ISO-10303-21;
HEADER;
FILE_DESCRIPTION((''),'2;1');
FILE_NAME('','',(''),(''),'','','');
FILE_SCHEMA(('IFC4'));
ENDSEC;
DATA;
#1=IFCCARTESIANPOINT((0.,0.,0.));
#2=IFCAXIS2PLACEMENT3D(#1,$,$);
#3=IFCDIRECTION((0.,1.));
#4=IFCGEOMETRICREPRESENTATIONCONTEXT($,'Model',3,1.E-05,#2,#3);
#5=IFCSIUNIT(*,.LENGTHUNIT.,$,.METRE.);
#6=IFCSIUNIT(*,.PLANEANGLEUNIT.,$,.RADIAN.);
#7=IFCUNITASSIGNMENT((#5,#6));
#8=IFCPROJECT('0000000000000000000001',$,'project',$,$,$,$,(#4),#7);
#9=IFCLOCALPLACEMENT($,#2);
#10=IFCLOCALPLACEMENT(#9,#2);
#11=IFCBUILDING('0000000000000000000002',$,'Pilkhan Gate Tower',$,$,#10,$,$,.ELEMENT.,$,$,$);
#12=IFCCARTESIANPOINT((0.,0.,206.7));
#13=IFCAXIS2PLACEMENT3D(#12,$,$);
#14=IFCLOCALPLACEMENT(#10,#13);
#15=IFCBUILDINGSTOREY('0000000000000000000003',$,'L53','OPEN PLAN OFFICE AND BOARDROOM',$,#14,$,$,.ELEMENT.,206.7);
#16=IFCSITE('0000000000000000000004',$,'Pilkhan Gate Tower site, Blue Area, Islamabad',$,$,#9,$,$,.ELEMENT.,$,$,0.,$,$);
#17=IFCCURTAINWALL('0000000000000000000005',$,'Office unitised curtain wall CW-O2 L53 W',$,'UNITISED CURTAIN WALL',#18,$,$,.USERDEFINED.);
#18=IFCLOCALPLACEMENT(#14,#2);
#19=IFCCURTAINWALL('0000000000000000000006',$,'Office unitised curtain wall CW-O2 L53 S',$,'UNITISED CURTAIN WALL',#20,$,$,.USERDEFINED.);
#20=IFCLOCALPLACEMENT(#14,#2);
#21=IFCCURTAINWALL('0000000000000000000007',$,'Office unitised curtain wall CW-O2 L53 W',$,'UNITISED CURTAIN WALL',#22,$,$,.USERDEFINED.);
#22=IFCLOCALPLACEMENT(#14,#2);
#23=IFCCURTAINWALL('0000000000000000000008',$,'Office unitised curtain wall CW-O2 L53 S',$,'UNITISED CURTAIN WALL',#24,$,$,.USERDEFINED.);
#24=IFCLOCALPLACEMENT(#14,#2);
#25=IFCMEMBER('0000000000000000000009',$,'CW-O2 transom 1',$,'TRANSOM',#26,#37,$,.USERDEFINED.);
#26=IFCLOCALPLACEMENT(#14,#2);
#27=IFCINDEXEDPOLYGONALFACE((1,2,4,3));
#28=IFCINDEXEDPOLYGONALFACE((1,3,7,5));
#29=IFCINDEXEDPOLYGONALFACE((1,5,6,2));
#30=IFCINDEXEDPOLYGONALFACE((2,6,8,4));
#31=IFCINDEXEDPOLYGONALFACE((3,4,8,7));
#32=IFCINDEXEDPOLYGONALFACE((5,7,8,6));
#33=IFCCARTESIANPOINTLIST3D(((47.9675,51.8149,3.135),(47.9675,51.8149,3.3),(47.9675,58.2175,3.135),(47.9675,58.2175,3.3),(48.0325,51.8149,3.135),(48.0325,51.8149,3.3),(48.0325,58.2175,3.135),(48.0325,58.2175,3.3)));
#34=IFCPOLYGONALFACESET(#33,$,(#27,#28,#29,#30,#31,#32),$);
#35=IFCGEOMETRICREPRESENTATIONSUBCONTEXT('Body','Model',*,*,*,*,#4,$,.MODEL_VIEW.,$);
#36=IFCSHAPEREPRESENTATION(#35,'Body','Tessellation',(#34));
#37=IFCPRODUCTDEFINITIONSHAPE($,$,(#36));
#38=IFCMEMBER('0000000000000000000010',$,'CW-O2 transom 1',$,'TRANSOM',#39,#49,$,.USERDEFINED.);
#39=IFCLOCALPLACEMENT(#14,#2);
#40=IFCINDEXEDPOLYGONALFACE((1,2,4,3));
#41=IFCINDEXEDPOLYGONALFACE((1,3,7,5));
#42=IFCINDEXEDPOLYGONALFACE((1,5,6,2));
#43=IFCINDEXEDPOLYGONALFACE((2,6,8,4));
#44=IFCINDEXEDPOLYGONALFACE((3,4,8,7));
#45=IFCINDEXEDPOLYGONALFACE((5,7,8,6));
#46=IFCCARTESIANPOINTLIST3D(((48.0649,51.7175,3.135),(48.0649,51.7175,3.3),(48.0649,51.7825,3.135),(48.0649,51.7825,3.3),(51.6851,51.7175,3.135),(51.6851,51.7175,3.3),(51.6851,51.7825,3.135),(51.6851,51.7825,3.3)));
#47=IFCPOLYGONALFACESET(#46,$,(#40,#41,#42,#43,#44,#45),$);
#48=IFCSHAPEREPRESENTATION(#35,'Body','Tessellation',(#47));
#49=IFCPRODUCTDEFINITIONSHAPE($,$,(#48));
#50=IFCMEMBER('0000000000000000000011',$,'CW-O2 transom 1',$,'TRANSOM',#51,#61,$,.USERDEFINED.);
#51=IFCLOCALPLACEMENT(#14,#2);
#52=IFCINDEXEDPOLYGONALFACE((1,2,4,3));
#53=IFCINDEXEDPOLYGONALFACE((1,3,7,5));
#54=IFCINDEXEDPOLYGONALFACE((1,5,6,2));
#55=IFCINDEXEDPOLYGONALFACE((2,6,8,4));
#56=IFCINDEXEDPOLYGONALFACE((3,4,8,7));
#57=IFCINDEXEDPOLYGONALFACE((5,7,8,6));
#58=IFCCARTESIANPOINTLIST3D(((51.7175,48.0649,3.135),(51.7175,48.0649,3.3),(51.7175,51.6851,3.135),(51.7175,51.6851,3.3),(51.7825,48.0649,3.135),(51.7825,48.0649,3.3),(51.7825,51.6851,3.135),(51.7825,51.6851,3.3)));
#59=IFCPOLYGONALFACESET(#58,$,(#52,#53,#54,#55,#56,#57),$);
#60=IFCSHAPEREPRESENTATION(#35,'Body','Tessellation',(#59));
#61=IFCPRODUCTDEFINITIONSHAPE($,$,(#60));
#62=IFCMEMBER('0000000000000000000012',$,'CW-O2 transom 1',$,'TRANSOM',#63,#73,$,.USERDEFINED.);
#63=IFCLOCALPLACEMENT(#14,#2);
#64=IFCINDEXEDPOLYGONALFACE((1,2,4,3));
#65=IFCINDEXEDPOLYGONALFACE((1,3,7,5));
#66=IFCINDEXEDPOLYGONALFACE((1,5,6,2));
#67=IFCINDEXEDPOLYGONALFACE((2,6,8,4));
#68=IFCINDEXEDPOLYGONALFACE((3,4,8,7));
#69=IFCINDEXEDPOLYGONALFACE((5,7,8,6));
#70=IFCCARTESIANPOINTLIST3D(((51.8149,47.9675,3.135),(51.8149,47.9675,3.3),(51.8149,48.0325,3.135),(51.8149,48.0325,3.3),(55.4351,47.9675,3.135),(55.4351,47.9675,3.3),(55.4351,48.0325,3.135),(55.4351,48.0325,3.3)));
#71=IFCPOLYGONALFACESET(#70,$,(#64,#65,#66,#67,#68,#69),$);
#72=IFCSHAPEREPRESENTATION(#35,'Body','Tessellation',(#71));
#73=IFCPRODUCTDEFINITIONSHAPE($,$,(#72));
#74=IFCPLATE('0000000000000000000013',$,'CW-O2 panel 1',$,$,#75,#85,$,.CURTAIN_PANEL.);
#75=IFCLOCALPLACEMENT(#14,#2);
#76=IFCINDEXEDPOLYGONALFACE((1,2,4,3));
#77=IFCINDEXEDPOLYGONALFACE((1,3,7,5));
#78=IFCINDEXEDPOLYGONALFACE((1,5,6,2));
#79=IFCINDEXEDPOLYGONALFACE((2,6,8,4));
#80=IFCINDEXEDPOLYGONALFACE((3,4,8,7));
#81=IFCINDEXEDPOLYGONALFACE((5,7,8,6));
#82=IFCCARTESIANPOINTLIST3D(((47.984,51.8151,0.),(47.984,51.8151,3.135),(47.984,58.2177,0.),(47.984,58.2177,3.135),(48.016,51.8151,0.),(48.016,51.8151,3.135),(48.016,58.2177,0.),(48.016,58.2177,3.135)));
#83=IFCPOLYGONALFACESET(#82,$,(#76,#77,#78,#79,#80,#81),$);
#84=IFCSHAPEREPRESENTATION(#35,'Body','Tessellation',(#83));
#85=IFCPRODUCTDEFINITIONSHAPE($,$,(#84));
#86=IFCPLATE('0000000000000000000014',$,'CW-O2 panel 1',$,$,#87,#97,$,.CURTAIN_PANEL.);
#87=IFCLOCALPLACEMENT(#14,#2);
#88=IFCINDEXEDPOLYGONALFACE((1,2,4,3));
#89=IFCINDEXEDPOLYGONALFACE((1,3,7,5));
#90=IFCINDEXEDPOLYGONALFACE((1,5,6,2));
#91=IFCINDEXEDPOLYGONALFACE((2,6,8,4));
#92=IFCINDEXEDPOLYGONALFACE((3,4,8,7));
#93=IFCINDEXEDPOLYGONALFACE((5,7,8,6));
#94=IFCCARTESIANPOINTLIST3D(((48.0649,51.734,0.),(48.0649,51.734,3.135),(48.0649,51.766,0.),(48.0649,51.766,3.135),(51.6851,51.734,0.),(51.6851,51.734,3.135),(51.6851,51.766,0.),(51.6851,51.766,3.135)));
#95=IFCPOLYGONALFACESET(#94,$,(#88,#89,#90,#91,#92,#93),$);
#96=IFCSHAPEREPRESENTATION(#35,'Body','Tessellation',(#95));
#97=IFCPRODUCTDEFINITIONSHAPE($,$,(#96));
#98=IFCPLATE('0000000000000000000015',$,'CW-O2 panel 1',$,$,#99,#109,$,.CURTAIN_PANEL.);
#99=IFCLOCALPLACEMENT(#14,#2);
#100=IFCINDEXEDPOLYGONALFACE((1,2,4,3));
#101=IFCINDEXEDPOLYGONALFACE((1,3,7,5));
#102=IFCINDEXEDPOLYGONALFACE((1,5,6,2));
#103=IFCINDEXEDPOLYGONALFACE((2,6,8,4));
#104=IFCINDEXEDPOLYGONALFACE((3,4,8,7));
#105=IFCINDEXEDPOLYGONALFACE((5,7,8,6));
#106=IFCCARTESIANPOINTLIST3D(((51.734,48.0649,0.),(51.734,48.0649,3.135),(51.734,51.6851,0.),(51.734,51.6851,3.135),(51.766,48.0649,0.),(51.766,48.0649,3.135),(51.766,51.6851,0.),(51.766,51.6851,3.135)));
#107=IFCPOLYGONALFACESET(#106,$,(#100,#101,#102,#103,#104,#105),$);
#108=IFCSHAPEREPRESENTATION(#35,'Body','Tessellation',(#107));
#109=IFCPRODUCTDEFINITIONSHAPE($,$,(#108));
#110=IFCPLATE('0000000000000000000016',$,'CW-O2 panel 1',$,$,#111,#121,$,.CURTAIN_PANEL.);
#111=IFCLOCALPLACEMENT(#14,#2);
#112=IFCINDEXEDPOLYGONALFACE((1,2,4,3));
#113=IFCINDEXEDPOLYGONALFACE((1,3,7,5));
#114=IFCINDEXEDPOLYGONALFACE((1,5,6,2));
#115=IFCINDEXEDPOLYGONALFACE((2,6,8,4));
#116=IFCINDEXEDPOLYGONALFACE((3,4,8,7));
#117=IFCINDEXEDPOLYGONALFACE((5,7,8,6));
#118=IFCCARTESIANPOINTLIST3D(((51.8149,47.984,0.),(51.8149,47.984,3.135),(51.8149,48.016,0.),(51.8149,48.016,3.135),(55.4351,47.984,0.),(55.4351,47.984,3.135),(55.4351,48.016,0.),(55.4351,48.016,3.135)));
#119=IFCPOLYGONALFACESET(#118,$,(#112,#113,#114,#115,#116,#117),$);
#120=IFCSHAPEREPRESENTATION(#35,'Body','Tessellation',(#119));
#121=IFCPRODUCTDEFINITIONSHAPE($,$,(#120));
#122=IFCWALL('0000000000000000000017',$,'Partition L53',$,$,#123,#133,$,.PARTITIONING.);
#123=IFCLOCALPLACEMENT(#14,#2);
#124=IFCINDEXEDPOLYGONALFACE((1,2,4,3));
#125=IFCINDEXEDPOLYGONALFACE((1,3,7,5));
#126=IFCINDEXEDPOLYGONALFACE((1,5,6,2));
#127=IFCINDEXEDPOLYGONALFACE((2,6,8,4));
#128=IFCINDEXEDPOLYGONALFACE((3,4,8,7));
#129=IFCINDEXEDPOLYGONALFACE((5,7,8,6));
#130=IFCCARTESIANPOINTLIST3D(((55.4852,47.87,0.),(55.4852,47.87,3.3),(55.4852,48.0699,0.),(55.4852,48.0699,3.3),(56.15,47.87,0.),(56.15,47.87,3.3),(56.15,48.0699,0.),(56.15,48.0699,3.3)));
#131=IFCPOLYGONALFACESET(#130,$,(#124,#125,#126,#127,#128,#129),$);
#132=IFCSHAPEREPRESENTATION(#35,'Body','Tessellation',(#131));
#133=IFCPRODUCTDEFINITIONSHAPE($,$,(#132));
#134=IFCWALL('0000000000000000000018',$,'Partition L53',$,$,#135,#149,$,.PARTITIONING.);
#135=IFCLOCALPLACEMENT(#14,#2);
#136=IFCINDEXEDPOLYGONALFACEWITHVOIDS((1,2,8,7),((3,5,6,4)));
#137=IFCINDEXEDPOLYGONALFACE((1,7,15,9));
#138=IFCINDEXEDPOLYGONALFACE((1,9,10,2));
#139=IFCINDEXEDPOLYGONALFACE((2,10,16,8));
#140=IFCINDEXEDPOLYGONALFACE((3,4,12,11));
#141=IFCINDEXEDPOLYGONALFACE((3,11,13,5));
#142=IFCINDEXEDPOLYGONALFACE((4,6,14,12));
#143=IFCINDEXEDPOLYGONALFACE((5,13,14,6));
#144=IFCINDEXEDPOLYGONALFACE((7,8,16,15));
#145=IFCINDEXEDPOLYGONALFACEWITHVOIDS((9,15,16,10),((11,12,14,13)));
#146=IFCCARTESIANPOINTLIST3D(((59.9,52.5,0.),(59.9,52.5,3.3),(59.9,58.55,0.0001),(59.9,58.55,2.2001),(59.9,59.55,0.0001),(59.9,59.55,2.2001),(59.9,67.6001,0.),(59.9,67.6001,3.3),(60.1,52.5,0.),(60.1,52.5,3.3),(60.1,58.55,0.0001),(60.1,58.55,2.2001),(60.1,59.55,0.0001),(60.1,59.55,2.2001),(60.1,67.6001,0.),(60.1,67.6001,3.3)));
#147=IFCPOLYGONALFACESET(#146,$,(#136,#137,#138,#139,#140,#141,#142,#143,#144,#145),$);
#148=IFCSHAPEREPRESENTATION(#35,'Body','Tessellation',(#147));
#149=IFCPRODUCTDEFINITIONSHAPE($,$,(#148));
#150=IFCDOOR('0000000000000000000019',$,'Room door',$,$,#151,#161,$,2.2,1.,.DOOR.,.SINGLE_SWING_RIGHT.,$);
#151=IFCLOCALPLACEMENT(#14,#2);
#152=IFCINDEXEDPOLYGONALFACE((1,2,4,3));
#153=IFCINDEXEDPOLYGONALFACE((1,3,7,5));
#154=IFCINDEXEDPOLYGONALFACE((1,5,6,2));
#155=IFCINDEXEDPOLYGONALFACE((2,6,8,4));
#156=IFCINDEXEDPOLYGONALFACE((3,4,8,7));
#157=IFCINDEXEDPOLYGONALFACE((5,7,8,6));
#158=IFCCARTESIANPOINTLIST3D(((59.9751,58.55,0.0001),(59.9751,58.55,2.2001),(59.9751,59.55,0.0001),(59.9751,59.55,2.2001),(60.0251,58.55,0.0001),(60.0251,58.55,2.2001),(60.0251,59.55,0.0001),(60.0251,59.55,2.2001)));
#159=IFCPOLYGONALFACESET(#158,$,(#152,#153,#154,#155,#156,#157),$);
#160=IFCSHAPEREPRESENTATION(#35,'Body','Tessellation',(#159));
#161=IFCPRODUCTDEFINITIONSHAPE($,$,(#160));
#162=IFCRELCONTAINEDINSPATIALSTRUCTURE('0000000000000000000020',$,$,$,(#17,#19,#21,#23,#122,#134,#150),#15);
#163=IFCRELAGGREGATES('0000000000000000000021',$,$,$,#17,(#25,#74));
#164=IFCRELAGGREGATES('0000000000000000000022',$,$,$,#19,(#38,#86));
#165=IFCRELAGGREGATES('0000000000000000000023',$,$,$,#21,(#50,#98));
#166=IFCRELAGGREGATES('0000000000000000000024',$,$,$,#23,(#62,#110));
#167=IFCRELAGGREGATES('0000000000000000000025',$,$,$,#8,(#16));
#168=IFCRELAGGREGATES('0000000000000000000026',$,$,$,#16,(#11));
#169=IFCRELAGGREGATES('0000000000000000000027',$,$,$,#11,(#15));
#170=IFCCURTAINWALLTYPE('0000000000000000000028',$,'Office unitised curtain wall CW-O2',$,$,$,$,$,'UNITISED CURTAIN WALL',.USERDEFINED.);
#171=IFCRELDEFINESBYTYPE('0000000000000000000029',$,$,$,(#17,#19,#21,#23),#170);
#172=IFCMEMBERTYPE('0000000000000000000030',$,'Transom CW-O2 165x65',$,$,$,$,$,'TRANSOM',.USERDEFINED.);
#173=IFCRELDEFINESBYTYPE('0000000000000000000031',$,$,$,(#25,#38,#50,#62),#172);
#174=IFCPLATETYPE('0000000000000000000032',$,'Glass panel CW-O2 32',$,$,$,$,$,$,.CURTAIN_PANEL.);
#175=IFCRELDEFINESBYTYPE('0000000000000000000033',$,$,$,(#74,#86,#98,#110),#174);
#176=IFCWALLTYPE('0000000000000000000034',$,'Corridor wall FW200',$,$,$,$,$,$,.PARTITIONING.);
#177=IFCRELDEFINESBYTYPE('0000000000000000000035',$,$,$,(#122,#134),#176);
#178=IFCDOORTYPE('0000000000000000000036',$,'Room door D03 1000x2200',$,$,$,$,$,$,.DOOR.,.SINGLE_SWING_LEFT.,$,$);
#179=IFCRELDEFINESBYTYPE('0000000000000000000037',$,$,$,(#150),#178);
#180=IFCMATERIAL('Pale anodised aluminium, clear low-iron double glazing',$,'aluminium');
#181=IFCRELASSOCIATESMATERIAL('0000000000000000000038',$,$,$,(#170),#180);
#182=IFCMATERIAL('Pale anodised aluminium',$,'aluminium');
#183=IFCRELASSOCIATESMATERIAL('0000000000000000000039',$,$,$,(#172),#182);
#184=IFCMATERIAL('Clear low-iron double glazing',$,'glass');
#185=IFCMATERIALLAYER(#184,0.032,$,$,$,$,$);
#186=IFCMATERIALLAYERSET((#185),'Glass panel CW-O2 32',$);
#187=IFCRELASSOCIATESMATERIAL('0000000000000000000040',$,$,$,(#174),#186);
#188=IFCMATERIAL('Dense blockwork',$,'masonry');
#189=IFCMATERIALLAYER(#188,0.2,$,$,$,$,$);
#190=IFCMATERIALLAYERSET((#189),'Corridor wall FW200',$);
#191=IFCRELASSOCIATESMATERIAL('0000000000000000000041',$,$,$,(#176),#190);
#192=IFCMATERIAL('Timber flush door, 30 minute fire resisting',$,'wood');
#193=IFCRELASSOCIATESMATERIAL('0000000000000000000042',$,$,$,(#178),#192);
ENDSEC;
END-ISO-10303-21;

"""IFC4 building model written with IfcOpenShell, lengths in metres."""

from ifc_helpers import new_model, si_unit, direction, frame, frame_2d, origin, origin_2d, place, context, subcontext, project, spatial, rectangle, extrude, material, layer, layer_set, material_profile, profile_set, type_object, element, fill, aggregate, save


model = new_model("IFC4")

# Units and contexts
model_context = context("Model", 3, precision=1e-05, world=origin(), true_north=direction((0.0, 1.0)))
body_context = subcontext(model_context, "Body", "Model", "MODEL_VIEW")
ifc_project = project(units=[si_unit("LENGTHUNIT", "METRE"), si_unit("PLANEANGLEUNIT", "RADIAN")], contexts=[model_context])

# Site, building, storey
site_placement = place(None, origin())
site = spatial("IfcSite", under=ifc_project, at=site_placement, Name="Pilkhan Gate Tower site, Blue Area, Islamabad", CompositionType="ELEMENT", RefElevation=0.0)
building_placement = place(site_placement, origin())
building = spatial("IfcBuilding", under=site, at=building_placement, Name="Pilkhan Gate Tower", CompositionType="ELEMENT")
storey_placement = place(building_placement, frame((0.0, 0.0, 206.7)))
storey = spatial("IfcBuildingStorey", under=building, at=storey_placement, Name="L53", Description="OPEN PLAN OFFICE AND BOARDROOM", CompositionType="ELEMENT", Elevation=206.7)

# Curtain walls
ifc_material_1 = material(Name="Pale anodised aluminium, clear low-iron double glazing", Category="aluminium")
curtain_wall_type = type_object("IfcCurtainWallType", Name="Office unitised curtain wall CW-O2", ElementType="UNITISED CURTAIN WALL", PredefinedType="USERDEFINED", material=ifc_material_1)
curtain_wall_1_placement = place(storey_placement, origin())
curtain_wall_1 = element("IfcCurtainWall", 1, at=curtain_wall_1_placement, inside=storey, type_object=curtain_wall_type, Name="Office unitised curtain wall CW-O2 L53 W", ObjectType="UNITISED CURTAIN WALL", PredefinedType="USERDEFINED")
ifc_material_2 = material(Name="Pale anodised aluminium", Category="aluminium")
curtain_wall_2_placement = place(storey_placement, origin())
curtain_wall_2 = element("IfcCurtainWall", 2, at=curtain_wall_2_placement, inside=storey, type_object=curtain_wall_type, Name="Office unitised curtain wall CW-O2 L53 S", ObjectType="UNITISED CURTAIN WALL", PredefinedType="USERDEFINED")
curtain_wall_3_placement = place(storey_placement, origin())
curtain_wall_3 = element("IfcCurtainWall", 3, at=curtain_wall_3_placement, inside=storey, type_object=curtain_wall_type, Name="Office unitised curtain wall CW-O2 L53 W", ObjectType="UNITISED CURTAIN WALL", PredefinedType="USERDEFINED")
curtain_wall_4_placement = place(storey_placement, origin())
curtain_wall_4 = element("IfcCurtainWall", 4, at=curtain_wall_4_placement, inside=storey, type_object=curtain_wall_type, Name="Office unitised curtain wall CW-O2 L53 S", ObjectType="UNITISED CURTAIN WALL", PredefinedType="USERDEFINED")

# Members
ifc_material_profile_1 = material_profile(ifc_material_2, rectangle(XDim=0.0649, YDim=0.165, at=origin_2d()), Name="Transom 165x65")
ifc_profile_set_1 = profile_set([ifc_material_profile_1], Name="Pale anodised aluminium")
member_type_1 = type_object("IfcMemberType", Name="Transom CW-O2 165x65", ElementType="TRANSOM", PredefinedType="USERDEFINED", material=ifc_profile_set_1)
member_1_placement = place(storey_placement, frame((48.0, 51.8149, 3.2175), z_axis=(0.0, 1.0, 0.0), x_axis=(-1.0, 0.0, 0.0)))
member_1 = element("IfcMember", 5, at=member_1_placement, type_object=member_type_1, Name="CW-O2 transom 1", ObjectType="TRANSOM", PredefinedType="USERDEFINED", context=body_context, shape_type="SweptSolid", body=[
    extrude(rectangle(XDim=0.0649, YDim=0.165, at=origin_2d()), origin(), (0.0, 0.0, 1.0), 6.4026),
])
member_2_placement = place(storey_placement, frame((48.0649, 51.75, 3.2175), z_axis=(1.0, 0.0, 0.0), x_axis=(0.0, 1.0, 0.0)))
member_2 = element("IfcMember", 6, at=member_2_placement, type_object=member_type_1, Name="CW-O2 transom 1", ObjectType="TRANSOM", PredefinedType="USERDEFINED", context=body_context, shape_type="SweptSolid", body=[
    extrude(rectangle(XDim=0.0649, YDim=0.165, at=origin_2d()), origin(), (0.0, 0.0, 1.0), 3.6201),
])
member_3_placement = place(storey_placement, frame((51.75, 48.0649, 3.2175), z_axis=(0.0, 1.0, 0.0), x_axis=(-1.0, 0.0, 0.0)))
member_3 = element("IfcMember", 7, at=member_3_placement, type_object=member_type_1, Name="CW-O2 transom 1", ObjectType="TRANSOM", PredefinedType="USERDEFINED", context=body_context, shape_type="SweptSolid", body=[
    extrude(rectangle(XDim=0.0649, YDim=0.165, at=origin_2d()), origin(), (0.0, 0.0, 1.0), 3.6201),
])
member_4_placement = place(storey_placement, frame((51.8149, 48.0, 3.2175), z_axis=(1.0, 0.0, 0.0), x_axis=(0.0, 1.0, 0.0)))
member_4 = element("IfcMember", 8, at=member_4_placement, type_object=member_type_1, Name="CW-O2 transom 1", ObjectType="TRANSOM", PredefinedType="USERDEFINED", context=body_context, shape_type="SweptSolid", body=[
    extrude(rectangle(XDim=0.0649, YDim=0.165, at=origin_2d()), origin(), (0.0, 0.0, 1.0), 3.6201),
])

# Plates
ifc_material_3 = material(Name="Clear low-iron double glazing", Category="glass")
ifc_layer_1 = layer(ifc_material_3, 0.032)
ifc_layer_set_1 = layer_set([ifc_layer_1], Name="Glass panel CW-O2 32")
plate_type = type_object("IfcPlateType", Name="Glass panel CW-O2 32", PredefinedType="CURTAIN_PANEL", material=ifc_layer_set_1)
plate_1_placement = place(storey_placement, frame((48.0, 55.0164, 0.0), z_axis=(0.0, 0.0, 1.0), x_axis=(0.0, 1.0, 0.0)))
plate_1 = element("IfcPlate", 9, at=plate_1_placement, type_object=plate_type, Name="CW-O2 panel 1", PredefinedType="CURTAIN_PANEL", context=body_context, shape_type="SweptSolid", body=[
    extrude(rectangle(XDim=6.4026, YDim=0.032, at=origin_2d()), origin(), (0.0, 0.0, 1.0), 3.135),
])
aggregate(curtain_wall_1, [member_1, plate_1])
plate_2_placement = place(storey_placement, frame((49.875, 51.75, 0.0), z_axis=(0.0, 0.0, 1.0), x_axis=(1.0, 0.0, 0.0)))
plate_2 = element("IfcPlate", 10, at=plate_2_placement, type_object=plate_type, Name="CW-O2 panel 1", PredefinedType="CURTAIN_PANEL", context=body_context, shape_type="SweptSolid", body=[
    extrude(rectangle(XDim=3.6201, YDim=0.032, at=origin_2d()), origin(), (0.0, 0.0, 1.0), 3.135),
])
aggregate(curtain_wall_2, [member_2, plate_2])
plate_3_placement = place(storey_placement, frame((51.75, 49.875, 0.0), z_axis=(0.0, 0.0, 1.0), x_axis=(0.0, 1.0, 0.0)))
plate_3 = element("IfcPlate", 11, at=plate_3_placement, type_object=plate_type, Name="CW-O2 panel 1", PredefinedType="CURTAIN_PANEL", context=body_context, shape_type="SweptSolid", body=[
    extrude(rectangle(XDim=3.6201, YDim=0.032, at=origin_2d()), origin(), (0.0, 0.0, 1.0), 3.135),
])
aggregate(curtain_wall_3, [member_3, plate_3])
plate_4_placement = place(storey_placement, frame((53.625, 48.0, 0.0), z_axis=(0.0, 0.0, 1.0), x_axis=(1.0, 0.0, 0.0)))
plate_4 = element("IfcPlate", 12, at=plate_4_placement, type_object=plate_type, Name="CW-O2 panel 1", PredefinedType="CURTAIN_PANEL", context=body_context, shape_type="SweptSolid", body=[
    extrude(rectangle(XDim=3.6201, YDim=0.032, at=origin_2d()), origin(), (0.0, 0.0, 1.0), 3.135),
])
aggregate(curtain_wall_4, [member_4, plate_4])

# Wall
ifc_material_4 = material(Name="Dense blockwork", Category="masonry")
ifc_layer_2 = layer(ifc_material_4, 0.2)
ifc_layer_set_2 = layer_set([ifc_layer_2], Name="Corridor wall FW200")
wall_type_1 = type_object("IfcWallType", Name="Corridor wall FW200", PredefinedType="PARTITIONING", material=ifc_layer_set_2)
wall_1_placement = place(storey_placement, frame((55.4851, 47.97, 0.0), z_axis=(0.0, 0.0, 1.0), x_axis=(1.0, 0.0, 0.0)))
element("IfcWall", 13, at=wall_1_placement, inside=storey, type_object=wall_type_1, Name="Partition L53", PredefinedType="PARTITIONING", context=body_context, shape_type="SweptSolid", body=[
    extrude(rectangle(XDim=0.6648, YDim=0.2, at=frame_2d((0.3325, 0.0))), origin(), (0.0, 0.0, 1.0), 3.3),
])

# Wall, opening, door
wall_2_placement = place(storey_placement, frame((60.0, 52.5, 0.0), z_axis=(0.0, 0.0, 1.0), x_axis=(0.0, 1.0, 0.0)))
wall_2 = element("IfcWall", 14, at=wall_2_placement, inside=storey, type_object=wall_type_1, Name="Partition L53", PredefinedType="PARTITIONING", context=body_context, shape_type="SweptSolid", body=[
    extrude(rectangle(XDim=15.1001, YDim=0.2, at=frame_2d((7.55, 0.0))), origin(), (0.0, 0.0, 1.0), 3.3),
])
opening_1_placement = place(wall_2_placement, frame((6.05, 0.0, 0.0)))
opening_1 = element("IfcOpeningElement", 15, at=opening_1_placement, cuts=wall_2, PredefinedType="OPENING", context=body_context, shape_type="SweptSolid", body=[
    extrude(rectangle(XDim=1.0, YDim=2.2, at=frame_2d((0.5, 1.1001))), frame((0.0, 0.1099, 0.0), z_axis=(0.0, -1.0, 0.0), x_axis=(1.0, 0.0, 0.0)), (0.0, 0.0, 1.0), 0.22),
])
ifc_material_5 = material(Name="Timber flush door, 30 minute fire resisting", Category="wood")
door_type_1 = type_object("IfcDoorType", Name="Room door D03 1000x2200", OperationType="SINGLE_SWING_LEFT", PredefinedType="DOOR", material=ifc_material_5)
door_1_placement = place(opening_1_placement, origin())
door_1 = element("IfcDoor", 16, at=door_1_placement, inside=storey, type_object=door_type_1, Name="Room door", OperationType="SINGLE_SWING_RIGHT", OverallHeight=2.2, OverallWidth=1.0, PredefinedType="DOOR", context=body_context, shape_type="SweptSolid", body=[
    extrude(rectangle(XDim=1.0, YDim=2.2, at=frame_2d((0.5, 1.1001))), frame((0.0, 0.0249, 0.0), z_axis=(0.0, -1.0, 0.0), x_axis=(1.0, 0.0, 0.0)), (0.0, 0.0, 1.0), 0.05),
])
fill(opening_1, door_1)

save(model, "model.ifc")
